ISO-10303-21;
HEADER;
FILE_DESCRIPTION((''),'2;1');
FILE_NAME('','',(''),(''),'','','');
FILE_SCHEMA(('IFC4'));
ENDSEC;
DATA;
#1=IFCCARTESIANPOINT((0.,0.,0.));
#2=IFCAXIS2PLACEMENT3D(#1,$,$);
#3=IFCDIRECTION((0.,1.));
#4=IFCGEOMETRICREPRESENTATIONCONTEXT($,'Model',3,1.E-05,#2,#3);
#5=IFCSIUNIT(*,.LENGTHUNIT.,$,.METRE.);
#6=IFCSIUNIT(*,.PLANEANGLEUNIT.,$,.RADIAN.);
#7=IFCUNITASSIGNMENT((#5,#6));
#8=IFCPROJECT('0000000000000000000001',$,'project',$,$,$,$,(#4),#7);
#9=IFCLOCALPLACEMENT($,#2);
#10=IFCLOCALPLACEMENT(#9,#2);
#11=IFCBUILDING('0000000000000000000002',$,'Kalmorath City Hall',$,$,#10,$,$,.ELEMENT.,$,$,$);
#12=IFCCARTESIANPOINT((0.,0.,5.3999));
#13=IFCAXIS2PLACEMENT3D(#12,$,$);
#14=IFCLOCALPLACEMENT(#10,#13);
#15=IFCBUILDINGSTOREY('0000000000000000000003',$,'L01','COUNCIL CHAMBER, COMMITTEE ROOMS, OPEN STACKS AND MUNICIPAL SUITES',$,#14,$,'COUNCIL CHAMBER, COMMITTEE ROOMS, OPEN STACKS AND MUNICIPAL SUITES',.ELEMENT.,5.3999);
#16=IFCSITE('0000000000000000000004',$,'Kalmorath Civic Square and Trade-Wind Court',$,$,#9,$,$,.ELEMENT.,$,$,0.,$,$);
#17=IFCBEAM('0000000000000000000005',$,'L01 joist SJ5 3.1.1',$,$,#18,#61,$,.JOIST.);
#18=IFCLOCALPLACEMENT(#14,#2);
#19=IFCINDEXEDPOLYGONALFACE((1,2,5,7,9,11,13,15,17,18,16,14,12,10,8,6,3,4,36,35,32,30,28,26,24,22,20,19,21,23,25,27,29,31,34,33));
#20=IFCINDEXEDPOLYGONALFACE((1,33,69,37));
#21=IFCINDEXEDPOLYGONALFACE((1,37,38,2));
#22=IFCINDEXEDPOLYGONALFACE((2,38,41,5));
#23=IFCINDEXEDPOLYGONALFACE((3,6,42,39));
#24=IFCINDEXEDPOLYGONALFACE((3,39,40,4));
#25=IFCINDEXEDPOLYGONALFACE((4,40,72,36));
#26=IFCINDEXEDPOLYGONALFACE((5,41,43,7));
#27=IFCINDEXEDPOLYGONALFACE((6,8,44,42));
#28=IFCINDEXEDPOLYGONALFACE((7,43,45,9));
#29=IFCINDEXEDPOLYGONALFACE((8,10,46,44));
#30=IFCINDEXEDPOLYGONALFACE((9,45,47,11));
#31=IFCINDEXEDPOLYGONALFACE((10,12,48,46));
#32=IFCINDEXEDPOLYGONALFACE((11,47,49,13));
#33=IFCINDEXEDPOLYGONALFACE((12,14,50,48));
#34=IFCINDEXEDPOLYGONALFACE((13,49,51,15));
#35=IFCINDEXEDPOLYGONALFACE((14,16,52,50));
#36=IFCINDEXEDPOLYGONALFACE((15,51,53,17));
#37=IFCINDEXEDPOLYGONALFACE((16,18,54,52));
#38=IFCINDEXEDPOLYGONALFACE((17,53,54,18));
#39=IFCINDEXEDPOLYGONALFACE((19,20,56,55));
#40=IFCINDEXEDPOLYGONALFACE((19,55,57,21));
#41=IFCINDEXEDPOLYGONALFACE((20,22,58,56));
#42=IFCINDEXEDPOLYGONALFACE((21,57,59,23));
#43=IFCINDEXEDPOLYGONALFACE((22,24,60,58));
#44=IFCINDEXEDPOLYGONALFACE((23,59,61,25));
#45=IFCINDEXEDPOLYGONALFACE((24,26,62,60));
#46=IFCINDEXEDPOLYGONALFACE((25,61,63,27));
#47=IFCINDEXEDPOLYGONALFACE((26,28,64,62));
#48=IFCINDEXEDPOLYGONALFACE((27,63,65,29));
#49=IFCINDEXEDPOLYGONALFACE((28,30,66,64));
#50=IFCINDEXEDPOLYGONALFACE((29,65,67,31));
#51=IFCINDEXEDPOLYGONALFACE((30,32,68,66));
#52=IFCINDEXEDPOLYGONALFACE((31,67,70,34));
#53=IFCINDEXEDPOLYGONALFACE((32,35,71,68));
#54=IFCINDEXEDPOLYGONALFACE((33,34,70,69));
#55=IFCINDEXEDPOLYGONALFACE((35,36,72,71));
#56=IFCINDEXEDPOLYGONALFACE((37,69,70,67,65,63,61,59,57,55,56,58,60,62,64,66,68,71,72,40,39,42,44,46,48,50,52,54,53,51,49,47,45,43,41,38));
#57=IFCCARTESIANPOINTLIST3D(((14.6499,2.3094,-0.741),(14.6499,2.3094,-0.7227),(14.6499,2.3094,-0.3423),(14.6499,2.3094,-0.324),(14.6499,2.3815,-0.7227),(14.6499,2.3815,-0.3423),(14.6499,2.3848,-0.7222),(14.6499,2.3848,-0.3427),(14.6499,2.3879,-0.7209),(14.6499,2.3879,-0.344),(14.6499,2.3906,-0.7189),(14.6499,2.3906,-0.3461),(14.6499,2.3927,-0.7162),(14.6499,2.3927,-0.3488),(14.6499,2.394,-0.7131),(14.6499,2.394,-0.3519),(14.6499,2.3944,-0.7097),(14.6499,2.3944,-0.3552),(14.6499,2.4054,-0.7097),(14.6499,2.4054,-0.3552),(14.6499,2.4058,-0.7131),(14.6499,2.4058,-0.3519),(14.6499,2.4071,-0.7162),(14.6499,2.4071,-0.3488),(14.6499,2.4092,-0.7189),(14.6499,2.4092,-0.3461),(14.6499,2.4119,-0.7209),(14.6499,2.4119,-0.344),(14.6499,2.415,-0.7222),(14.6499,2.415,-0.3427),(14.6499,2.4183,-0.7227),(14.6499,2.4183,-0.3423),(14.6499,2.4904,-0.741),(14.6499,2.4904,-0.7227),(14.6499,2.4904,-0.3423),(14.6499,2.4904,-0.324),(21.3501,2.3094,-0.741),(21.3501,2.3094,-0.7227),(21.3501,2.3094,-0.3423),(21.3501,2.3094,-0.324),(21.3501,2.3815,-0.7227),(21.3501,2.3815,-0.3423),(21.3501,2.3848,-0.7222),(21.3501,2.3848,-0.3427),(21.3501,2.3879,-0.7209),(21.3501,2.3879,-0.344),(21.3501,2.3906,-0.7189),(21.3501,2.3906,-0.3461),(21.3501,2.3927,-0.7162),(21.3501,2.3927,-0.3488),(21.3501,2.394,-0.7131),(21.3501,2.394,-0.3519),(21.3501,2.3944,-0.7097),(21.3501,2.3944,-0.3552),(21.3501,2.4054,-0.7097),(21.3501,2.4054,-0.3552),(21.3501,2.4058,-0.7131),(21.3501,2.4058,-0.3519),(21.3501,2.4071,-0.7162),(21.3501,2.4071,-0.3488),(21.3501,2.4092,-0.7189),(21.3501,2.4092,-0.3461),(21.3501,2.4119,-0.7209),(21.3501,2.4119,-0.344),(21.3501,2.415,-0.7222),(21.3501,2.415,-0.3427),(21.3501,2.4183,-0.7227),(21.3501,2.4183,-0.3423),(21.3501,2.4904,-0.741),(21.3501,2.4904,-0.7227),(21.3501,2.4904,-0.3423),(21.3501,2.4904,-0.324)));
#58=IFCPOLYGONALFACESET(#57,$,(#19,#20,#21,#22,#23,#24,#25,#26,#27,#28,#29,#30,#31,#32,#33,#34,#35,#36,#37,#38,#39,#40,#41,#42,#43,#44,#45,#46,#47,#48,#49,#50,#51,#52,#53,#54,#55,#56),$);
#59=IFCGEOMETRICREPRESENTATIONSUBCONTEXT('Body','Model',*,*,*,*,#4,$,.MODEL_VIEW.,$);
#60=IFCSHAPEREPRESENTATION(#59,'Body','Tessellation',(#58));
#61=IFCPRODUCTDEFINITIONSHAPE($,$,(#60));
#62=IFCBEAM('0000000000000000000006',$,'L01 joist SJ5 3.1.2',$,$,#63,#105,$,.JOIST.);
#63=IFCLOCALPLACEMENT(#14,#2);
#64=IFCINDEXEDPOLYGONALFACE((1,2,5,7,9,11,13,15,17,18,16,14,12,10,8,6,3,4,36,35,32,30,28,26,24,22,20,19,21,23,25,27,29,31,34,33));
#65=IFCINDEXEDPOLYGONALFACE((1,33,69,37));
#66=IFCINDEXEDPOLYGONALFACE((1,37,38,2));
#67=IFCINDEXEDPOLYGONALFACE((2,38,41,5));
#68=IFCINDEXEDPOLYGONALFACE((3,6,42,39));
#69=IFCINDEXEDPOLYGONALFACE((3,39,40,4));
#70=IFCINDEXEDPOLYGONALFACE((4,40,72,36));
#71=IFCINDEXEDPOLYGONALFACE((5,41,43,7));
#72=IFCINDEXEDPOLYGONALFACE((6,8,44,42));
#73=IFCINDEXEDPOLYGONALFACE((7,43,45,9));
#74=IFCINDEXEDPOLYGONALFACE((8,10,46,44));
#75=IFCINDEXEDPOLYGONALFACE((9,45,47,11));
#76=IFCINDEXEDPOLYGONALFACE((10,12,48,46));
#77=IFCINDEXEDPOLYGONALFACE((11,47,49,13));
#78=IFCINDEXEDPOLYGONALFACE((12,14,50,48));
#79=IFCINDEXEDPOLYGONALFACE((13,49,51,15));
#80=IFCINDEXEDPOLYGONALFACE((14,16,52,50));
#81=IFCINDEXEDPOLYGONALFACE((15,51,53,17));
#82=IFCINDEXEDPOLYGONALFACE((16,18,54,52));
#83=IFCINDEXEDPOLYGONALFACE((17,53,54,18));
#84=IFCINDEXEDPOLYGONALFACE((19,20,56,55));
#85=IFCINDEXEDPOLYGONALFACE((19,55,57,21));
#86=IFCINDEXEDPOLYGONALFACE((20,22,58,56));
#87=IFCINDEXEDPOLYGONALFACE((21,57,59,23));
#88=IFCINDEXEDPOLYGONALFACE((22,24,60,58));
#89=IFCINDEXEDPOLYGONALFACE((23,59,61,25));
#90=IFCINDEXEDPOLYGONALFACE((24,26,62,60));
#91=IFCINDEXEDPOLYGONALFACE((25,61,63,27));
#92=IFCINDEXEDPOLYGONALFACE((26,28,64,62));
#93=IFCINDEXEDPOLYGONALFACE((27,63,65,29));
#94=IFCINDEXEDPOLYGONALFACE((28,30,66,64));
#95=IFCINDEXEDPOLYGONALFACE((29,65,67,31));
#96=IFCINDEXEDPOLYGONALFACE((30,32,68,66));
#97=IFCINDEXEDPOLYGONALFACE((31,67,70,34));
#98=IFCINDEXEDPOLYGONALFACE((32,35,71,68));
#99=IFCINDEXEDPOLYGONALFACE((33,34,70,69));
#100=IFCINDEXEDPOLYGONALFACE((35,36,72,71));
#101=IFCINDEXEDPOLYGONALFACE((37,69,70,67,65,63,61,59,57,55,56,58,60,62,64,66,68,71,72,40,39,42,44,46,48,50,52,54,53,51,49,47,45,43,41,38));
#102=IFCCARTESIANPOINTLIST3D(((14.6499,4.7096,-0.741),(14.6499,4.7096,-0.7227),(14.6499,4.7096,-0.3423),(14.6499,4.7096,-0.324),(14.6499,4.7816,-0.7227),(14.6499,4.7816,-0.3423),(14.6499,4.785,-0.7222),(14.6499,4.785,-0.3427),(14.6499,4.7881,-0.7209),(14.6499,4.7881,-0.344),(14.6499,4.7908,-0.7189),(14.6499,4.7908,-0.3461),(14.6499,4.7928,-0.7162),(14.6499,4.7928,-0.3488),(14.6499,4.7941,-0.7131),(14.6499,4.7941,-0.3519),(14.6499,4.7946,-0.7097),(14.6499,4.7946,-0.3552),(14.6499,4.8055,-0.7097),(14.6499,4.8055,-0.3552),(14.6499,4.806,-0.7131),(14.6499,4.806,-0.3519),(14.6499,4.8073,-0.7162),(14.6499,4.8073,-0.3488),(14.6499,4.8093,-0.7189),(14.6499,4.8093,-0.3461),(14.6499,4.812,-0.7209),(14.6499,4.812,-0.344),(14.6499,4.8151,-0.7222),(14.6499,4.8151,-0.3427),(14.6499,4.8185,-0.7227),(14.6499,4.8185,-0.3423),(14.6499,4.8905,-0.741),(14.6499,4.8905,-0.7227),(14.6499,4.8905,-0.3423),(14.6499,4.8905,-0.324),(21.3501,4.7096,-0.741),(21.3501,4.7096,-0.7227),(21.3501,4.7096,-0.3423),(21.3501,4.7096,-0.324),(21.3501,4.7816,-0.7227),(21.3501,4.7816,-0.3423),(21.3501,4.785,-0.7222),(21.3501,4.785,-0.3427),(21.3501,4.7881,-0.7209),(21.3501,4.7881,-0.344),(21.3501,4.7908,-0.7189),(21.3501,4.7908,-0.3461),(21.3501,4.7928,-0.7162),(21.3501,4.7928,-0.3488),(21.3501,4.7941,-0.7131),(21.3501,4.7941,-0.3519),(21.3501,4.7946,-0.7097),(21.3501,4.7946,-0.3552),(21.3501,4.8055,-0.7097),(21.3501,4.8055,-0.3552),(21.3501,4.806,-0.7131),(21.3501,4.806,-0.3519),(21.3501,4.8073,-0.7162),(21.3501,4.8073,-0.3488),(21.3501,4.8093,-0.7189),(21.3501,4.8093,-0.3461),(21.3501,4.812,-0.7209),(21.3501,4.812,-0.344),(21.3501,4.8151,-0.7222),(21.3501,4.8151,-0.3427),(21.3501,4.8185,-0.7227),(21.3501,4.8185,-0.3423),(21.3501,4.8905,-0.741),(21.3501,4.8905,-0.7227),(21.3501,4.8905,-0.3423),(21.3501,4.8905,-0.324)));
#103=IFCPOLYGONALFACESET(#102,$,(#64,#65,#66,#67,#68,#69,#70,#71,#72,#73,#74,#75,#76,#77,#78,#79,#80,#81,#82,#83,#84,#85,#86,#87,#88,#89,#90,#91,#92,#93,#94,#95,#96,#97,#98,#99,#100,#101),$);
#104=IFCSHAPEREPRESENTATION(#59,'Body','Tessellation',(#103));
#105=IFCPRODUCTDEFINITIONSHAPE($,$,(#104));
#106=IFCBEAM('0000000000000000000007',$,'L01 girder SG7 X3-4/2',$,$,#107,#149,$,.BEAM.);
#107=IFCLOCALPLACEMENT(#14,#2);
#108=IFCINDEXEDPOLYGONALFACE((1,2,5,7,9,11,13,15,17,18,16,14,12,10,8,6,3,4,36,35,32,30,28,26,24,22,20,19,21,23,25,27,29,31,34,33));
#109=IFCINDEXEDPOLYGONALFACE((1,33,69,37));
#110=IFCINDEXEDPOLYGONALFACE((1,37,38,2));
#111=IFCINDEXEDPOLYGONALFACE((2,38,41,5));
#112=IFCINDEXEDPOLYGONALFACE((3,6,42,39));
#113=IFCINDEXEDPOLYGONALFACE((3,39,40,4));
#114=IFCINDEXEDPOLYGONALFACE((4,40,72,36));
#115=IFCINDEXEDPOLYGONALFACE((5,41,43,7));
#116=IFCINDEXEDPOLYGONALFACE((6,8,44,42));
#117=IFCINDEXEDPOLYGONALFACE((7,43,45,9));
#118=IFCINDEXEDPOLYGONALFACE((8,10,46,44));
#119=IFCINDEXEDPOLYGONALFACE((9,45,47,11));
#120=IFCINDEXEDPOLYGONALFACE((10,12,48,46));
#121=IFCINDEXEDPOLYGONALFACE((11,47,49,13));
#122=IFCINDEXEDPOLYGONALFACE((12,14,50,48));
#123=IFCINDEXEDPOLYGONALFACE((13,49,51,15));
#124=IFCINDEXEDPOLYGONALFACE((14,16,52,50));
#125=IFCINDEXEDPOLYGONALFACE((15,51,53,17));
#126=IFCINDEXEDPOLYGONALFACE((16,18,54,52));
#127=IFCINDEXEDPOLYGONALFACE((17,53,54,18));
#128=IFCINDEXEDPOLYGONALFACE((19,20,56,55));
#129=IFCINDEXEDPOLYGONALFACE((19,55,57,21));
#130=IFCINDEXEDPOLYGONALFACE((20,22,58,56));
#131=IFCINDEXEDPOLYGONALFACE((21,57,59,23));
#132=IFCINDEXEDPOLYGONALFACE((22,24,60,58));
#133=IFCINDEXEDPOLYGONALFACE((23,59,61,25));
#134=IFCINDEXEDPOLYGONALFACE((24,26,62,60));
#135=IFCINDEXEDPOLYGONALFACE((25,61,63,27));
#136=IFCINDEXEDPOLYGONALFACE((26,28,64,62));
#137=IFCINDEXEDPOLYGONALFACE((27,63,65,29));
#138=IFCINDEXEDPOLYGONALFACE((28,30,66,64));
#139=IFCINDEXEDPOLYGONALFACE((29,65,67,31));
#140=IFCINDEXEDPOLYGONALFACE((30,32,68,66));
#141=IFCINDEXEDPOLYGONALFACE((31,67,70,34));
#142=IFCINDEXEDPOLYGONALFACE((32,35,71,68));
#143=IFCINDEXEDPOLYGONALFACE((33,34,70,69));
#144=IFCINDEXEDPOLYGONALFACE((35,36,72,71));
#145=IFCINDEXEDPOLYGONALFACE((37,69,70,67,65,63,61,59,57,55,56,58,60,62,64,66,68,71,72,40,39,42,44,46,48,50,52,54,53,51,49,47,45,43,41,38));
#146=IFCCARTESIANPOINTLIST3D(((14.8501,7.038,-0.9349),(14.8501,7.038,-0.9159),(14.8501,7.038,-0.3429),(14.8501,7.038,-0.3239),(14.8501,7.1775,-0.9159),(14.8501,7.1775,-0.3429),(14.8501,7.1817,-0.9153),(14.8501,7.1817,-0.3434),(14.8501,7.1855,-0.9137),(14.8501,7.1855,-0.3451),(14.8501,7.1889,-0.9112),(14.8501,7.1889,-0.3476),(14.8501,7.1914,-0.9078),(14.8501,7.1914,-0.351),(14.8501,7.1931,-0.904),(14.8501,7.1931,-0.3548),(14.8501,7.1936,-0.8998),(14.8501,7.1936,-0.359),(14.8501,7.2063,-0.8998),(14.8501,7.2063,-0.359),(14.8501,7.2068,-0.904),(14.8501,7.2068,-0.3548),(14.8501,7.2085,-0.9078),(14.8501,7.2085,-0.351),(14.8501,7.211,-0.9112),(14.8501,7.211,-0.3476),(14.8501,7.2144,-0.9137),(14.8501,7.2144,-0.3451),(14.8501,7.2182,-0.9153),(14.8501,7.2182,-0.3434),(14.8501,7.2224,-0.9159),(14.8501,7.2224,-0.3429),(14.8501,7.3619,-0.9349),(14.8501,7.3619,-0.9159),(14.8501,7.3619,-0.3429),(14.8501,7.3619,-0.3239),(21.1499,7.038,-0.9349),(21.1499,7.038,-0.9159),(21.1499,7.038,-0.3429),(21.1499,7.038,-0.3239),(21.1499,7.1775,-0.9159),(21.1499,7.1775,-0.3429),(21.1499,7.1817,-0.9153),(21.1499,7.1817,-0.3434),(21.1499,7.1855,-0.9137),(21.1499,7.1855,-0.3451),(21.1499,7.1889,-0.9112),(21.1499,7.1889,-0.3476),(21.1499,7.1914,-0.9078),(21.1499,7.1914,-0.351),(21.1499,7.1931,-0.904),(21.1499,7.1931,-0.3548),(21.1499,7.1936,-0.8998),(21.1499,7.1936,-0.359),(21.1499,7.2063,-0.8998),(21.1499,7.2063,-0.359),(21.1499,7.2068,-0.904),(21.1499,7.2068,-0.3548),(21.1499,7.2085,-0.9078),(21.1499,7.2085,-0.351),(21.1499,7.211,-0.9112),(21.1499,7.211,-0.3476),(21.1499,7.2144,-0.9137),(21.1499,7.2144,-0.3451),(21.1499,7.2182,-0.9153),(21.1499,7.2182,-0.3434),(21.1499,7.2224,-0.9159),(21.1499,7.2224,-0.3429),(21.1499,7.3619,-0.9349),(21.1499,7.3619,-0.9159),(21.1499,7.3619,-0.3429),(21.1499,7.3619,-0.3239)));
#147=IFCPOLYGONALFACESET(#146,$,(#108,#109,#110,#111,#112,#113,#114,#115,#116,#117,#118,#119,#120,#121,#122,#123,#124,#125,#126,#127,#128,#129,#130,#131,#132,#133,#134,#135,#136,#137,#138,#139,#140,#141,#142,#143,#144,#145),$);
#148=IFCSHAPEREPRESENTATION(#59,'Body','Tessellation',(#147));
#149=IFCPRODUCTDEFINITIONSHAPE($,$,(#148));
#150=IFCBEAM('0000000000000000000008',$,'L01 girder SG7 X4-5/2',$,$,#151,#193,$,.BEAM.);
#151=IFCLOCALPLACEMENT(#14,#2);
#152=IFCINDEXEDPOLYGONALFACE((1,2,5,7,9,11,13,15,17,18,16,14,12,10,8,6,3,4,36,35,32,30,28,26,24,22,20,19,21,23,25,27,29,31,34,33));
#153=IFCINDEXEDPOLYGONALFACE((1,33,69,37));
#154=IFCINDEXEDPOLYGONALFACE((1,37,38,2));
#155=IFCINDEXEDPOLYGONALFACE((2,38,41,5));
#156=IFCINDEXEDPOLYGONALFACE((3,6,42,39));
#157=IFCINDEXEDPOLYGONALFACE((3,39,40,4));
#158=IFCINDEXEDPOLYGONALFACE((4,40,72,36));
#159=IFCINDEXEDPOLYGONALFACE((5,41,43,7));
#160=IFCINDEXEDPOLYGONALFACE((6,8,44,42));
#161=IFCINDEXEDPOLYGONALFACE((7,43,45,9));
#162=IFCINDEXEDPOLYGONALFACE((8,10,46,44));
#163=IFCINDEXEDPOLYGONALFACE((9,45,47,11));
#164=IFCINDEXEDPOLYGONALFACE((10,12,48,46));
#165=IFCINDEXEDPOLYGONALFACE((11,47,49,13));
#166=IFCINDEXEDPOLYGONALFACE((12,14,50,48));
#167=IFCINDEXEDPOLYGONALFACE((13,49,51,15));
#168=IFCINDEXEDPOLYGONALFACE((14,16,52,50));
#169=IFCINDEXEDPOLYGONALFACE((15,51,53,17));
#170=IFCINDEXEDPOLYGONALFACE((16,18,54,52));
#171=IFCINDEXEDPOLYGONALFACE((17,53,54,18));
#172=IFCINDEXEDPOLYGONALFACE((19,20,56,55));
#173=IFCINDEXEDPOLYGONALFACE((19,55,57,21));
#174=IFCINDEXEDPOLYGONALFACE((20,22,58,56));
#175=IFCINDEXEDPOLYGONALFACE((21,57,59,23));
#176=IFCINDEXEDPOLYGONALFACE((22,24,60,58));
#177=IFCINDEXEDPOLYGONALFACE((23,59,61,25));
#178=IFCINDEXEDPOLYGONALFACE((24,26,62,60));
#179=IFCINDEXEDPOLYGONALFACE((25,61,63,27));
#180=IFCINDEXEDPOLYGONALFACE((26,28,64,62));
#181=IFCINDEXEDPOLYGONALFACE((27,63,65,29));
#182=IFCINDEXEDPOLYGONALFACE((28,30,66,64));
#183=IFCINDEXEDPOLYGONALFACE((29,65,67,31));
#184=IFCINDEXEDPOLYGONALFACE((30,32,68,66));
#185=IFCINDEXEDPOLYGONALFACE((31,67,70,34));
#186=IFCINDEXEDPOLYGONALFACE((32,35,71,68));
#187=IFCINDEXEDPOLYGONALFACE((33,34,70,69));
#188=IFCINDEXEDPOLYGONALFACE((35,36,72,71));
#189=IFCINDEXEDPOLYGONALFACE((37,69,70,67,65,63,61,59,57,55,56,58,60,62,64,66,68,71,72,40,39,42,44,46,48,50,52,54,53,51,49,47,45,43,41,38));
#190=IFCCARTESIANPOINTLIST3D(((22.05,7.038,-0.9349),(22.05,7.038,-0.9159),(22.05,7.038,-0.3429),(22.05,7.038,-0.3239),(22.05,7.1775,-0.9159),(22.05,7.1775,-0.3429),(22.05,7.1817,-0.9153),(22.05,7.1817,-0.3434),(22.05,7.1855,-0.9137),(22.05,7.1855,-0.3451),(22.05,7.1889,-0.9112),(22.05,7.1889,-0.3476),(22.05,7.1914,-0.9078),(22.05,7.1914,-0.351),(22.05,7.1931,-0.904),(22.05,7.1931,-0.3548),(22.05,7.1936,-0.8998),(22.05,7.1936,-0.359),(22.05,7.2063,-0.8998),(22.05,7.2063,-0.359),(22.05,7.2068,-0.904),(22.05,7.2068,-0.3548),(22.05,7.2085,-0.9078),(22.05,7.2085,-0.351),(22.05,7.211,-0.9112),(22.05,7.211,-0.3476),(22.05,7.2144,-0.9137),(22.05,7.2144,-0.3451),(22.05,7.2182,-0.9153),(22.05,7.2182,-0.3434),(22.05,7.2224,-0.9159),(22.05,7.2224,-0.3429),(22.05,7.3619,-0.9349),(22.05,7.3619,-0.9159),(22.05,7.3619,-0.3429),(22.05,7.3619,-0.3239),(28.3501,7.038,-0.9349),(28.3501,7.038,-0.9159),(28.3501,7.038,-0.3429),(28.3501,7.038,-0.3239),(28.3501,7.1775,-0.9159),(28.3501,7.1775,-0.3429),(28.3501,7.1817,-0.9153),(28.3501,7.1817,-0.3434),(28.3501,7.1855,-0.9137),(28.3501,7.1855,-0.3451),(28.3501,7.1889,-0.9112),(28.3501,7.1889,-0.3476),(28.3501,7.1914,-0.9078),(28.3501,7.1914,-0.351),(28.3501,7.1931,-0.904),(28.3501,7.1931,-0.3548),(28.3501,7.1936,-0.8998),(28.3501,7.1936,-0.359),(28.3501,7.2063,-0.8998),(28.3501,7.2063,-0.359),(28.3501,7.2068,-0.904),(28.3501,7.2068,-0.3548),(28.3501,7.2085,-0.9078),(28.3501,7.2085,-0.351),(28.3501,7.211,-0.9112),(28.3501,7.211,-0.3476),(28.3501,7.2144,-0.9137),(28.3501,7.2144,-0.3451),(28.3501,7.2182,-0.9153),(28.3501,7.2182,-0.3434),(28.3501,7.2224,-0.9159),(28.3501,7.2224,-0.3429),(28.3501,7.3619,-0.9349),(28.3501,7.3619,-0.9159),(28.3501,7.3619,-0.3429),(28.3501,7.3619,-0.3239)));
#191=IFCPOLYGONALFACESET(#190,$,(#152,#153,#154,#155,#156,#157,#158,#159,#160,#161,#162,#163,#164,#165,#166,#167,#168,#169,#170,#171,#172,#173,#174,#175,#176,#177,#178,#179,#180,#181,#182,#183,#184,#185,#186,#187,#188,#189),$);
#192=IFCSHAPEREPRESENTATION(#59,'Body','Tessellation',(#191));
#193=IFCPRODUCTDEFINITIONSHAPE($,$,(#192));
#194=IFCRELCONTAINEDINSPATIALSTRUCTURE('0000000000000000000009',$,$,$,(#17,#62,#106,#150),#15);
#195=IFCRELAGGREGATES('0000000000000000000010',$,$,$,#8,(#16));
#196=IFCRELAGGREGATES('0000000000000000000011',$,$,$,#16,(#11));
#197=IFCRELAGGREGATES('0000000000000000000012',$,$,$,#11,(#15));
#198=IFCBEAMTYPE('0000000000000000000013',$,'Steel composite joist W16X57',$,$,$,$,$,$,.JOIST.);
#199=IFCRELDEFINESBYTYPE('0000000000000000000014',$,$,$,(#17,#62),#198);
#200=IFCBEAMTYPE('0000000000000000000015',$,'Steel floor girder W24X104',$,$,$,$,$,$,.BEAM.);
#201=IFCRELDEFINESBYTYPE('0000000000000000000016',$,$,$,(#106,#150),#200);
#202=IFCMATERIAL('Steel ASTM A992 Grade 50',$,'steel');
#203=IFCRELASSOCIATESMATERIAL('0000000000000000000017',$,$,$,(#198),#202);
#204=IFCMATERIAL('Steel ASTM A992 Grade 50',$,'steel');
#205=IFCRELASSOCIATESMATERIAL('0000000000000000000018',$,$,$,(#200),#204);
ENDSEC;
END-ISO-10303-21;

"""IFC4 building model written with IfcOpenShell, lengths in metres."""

from ifc_helpers import new_model, si_unit, direction, frame, origin, origin_2d, place, context, subcontext, project, spatial, i_section, extrude, material, material_profile, profile_set, type_object, element, save


model = new_model("IFC4")

# Units and contexts
model_context = context("Model", 3, precision=1e-05, world=origin(), true_north=direction((0.0, 1.0)))
body_context = subcontext(model_context, "Body", "Model", "MODEL_VIEW")
ifc_project = project(units=[si_unit("LENGTHUNIT", "METRE"), si_unit("PLANEANGLEUNIT", "RADIAN")], contexts=[model_context])

# Site, building, storey
site_placement = place(None, origin())
site = spatial("IfcSite", under=ifc_project, at=site_placement, Name="Kalmorath Civic Square and Trade-Wind Court", CompositionType="ELEMENT", RefElevation=0.0)
building_placement = place(site_placement, origin())
building = spatial("IfcBuilding", under=site, at=building_placement, Name="Kalmorath City Hall", CompositionType="ELEMENT")
storey_placement = place(building_placement, frame((0.0, 0.0, 5.3999)))
storey = spatial("IfcBuildingStorey", under=building, at=storey_placement, Name="L01", Description="COUNCIL CHAMBER, COMMITTEE ROOMS, OPEN STACKS AND MUNICIPAL SUITES", LongName="COUNCIL CHAMBER, COMMITTEE ROOMS, OPEN STACKS AND MUNICIPAL SUITES", CompositionType="ELEMENT", Elevation=5.3999)

# Beams
ifc_material_1 = material(Name="Steel ASTM A992 Grade 50", Category="steel")
ifc_material_profile_1 = material_profile(ifc_material_1, i_section(OverallWidth=0.1809, OverallDepth=0.417, WebThickness=0.011, FlangeThickness=0.0183, FilletRadius=0.0129, at=origin_2d()), Name="W16X57")
ifc_profile_set_1 = profile_set([ifc_material_profile_1], Name="Steel ASTM A992 Grade 50")
beam_type_1 = type_object("IfcBeamType", Name="Steel composite joist W16X57", PredefinedType="JOIST", material=ifc_profile_set_1)
for number, where, z_axis, x_axis, name in (
    (1, (14.6499, 2.3999, -0.5325), (1.0, 0.0, 0.0), (0.0, 1.0, 0.0), "L01 joist SJ5 3.1.1"),
    (2, (14.6499, 4.8, -0.5325), (1.0, 0.0, 0.0), (0.0, 1.0, 0.0), "L01 joist SJ5 3.1.2"),
):
    element("IfcBeam", number, at=place(storey_placement, frame(where, z_axis=z_axis, x_axis=x_axis)), inside=storey, type_object=beam_type_1, Name=name, PredefinedType="JOIST", context=body_context, shape_type="SweptSolid", body=[
        extrude(i_section(OverallWidth=0.1809, OverallDepth=0.417, WebThickness=0.011, FlangeThickness=0.0183, FilletRadius=0.0129, at=origin_2d()), origin(), (0.0, 0.0, 1.0), 6.7002),
    ])
ifc_material_2 = material(Name="Steel ASTM A992 Grade 50", Category="steel")
ifc_material_profile_2 = material_profile(ifc_material_2, i_section(OverallWidth=0.324, OverallDepth=0.6111, WebThickness=0.0127, FlangeThickness=0.019, FilletRadius=0.0161, at=origin_2d()), Name="W24X104")
ifc_profile_set_2 = profile_set([ifc_material_profile_2], Name="Steel ASTM A992 Grade 50")
beam_type_2 = type_object("IfcBeamType", Name="Steel floor girder W24X104", PredefinedType="BEAM", material=ifc_profile_set_2)
beam_1_placement = place(storey_placement, frame((14.8501, 7.2, -0.6294), z_axis=(1.0, 0.0, 0.0), x_axis=(0.0, 1.0, 0.0)))
element("IfcBeam", 3, at=beam_1_placement, inside=storey, type_object=beam_type_2, Name="L01 girder SG7 X3-4/2", PredefinedType="BEAM", context=body_context, shape_type="SweptSolid", body=[
    extrude(i_section(OverallWidth=0.324, OverallDepth=0.6111, WebThickness=0.0127, FlangeThickness=0.019, FilletRadius=0.0161, at=origin_2d()), origin(), (0.0, 0.0, 1.0), 6.2998),
])
beam_2_placement = place(storey_placement, frame((22.05, 7.2, -0.6294), z_axis=(1.0, 0.0, 0.0), x_axis=(0.0, 1.0, 0.0)))
element("IfcBeam", 4, at=beam_2_placement, inside=storey, type_object=beam_type_2, Name="L01 girder SG7 X4-5/2", PredefinedType="BEAM", context=body_context, shape_type="SweptSolid", body=[
    extrude(i_section(OverallWidth=0.324, OverallDepth=0.6111, WebThickness=0.0127, FlangeThickness=0.019, FilletRadius=0.0161, at=origin_2d()), origin(), (0.0, 0.0, 1.0), 6.3),
])

save(model, "model.ifc")
